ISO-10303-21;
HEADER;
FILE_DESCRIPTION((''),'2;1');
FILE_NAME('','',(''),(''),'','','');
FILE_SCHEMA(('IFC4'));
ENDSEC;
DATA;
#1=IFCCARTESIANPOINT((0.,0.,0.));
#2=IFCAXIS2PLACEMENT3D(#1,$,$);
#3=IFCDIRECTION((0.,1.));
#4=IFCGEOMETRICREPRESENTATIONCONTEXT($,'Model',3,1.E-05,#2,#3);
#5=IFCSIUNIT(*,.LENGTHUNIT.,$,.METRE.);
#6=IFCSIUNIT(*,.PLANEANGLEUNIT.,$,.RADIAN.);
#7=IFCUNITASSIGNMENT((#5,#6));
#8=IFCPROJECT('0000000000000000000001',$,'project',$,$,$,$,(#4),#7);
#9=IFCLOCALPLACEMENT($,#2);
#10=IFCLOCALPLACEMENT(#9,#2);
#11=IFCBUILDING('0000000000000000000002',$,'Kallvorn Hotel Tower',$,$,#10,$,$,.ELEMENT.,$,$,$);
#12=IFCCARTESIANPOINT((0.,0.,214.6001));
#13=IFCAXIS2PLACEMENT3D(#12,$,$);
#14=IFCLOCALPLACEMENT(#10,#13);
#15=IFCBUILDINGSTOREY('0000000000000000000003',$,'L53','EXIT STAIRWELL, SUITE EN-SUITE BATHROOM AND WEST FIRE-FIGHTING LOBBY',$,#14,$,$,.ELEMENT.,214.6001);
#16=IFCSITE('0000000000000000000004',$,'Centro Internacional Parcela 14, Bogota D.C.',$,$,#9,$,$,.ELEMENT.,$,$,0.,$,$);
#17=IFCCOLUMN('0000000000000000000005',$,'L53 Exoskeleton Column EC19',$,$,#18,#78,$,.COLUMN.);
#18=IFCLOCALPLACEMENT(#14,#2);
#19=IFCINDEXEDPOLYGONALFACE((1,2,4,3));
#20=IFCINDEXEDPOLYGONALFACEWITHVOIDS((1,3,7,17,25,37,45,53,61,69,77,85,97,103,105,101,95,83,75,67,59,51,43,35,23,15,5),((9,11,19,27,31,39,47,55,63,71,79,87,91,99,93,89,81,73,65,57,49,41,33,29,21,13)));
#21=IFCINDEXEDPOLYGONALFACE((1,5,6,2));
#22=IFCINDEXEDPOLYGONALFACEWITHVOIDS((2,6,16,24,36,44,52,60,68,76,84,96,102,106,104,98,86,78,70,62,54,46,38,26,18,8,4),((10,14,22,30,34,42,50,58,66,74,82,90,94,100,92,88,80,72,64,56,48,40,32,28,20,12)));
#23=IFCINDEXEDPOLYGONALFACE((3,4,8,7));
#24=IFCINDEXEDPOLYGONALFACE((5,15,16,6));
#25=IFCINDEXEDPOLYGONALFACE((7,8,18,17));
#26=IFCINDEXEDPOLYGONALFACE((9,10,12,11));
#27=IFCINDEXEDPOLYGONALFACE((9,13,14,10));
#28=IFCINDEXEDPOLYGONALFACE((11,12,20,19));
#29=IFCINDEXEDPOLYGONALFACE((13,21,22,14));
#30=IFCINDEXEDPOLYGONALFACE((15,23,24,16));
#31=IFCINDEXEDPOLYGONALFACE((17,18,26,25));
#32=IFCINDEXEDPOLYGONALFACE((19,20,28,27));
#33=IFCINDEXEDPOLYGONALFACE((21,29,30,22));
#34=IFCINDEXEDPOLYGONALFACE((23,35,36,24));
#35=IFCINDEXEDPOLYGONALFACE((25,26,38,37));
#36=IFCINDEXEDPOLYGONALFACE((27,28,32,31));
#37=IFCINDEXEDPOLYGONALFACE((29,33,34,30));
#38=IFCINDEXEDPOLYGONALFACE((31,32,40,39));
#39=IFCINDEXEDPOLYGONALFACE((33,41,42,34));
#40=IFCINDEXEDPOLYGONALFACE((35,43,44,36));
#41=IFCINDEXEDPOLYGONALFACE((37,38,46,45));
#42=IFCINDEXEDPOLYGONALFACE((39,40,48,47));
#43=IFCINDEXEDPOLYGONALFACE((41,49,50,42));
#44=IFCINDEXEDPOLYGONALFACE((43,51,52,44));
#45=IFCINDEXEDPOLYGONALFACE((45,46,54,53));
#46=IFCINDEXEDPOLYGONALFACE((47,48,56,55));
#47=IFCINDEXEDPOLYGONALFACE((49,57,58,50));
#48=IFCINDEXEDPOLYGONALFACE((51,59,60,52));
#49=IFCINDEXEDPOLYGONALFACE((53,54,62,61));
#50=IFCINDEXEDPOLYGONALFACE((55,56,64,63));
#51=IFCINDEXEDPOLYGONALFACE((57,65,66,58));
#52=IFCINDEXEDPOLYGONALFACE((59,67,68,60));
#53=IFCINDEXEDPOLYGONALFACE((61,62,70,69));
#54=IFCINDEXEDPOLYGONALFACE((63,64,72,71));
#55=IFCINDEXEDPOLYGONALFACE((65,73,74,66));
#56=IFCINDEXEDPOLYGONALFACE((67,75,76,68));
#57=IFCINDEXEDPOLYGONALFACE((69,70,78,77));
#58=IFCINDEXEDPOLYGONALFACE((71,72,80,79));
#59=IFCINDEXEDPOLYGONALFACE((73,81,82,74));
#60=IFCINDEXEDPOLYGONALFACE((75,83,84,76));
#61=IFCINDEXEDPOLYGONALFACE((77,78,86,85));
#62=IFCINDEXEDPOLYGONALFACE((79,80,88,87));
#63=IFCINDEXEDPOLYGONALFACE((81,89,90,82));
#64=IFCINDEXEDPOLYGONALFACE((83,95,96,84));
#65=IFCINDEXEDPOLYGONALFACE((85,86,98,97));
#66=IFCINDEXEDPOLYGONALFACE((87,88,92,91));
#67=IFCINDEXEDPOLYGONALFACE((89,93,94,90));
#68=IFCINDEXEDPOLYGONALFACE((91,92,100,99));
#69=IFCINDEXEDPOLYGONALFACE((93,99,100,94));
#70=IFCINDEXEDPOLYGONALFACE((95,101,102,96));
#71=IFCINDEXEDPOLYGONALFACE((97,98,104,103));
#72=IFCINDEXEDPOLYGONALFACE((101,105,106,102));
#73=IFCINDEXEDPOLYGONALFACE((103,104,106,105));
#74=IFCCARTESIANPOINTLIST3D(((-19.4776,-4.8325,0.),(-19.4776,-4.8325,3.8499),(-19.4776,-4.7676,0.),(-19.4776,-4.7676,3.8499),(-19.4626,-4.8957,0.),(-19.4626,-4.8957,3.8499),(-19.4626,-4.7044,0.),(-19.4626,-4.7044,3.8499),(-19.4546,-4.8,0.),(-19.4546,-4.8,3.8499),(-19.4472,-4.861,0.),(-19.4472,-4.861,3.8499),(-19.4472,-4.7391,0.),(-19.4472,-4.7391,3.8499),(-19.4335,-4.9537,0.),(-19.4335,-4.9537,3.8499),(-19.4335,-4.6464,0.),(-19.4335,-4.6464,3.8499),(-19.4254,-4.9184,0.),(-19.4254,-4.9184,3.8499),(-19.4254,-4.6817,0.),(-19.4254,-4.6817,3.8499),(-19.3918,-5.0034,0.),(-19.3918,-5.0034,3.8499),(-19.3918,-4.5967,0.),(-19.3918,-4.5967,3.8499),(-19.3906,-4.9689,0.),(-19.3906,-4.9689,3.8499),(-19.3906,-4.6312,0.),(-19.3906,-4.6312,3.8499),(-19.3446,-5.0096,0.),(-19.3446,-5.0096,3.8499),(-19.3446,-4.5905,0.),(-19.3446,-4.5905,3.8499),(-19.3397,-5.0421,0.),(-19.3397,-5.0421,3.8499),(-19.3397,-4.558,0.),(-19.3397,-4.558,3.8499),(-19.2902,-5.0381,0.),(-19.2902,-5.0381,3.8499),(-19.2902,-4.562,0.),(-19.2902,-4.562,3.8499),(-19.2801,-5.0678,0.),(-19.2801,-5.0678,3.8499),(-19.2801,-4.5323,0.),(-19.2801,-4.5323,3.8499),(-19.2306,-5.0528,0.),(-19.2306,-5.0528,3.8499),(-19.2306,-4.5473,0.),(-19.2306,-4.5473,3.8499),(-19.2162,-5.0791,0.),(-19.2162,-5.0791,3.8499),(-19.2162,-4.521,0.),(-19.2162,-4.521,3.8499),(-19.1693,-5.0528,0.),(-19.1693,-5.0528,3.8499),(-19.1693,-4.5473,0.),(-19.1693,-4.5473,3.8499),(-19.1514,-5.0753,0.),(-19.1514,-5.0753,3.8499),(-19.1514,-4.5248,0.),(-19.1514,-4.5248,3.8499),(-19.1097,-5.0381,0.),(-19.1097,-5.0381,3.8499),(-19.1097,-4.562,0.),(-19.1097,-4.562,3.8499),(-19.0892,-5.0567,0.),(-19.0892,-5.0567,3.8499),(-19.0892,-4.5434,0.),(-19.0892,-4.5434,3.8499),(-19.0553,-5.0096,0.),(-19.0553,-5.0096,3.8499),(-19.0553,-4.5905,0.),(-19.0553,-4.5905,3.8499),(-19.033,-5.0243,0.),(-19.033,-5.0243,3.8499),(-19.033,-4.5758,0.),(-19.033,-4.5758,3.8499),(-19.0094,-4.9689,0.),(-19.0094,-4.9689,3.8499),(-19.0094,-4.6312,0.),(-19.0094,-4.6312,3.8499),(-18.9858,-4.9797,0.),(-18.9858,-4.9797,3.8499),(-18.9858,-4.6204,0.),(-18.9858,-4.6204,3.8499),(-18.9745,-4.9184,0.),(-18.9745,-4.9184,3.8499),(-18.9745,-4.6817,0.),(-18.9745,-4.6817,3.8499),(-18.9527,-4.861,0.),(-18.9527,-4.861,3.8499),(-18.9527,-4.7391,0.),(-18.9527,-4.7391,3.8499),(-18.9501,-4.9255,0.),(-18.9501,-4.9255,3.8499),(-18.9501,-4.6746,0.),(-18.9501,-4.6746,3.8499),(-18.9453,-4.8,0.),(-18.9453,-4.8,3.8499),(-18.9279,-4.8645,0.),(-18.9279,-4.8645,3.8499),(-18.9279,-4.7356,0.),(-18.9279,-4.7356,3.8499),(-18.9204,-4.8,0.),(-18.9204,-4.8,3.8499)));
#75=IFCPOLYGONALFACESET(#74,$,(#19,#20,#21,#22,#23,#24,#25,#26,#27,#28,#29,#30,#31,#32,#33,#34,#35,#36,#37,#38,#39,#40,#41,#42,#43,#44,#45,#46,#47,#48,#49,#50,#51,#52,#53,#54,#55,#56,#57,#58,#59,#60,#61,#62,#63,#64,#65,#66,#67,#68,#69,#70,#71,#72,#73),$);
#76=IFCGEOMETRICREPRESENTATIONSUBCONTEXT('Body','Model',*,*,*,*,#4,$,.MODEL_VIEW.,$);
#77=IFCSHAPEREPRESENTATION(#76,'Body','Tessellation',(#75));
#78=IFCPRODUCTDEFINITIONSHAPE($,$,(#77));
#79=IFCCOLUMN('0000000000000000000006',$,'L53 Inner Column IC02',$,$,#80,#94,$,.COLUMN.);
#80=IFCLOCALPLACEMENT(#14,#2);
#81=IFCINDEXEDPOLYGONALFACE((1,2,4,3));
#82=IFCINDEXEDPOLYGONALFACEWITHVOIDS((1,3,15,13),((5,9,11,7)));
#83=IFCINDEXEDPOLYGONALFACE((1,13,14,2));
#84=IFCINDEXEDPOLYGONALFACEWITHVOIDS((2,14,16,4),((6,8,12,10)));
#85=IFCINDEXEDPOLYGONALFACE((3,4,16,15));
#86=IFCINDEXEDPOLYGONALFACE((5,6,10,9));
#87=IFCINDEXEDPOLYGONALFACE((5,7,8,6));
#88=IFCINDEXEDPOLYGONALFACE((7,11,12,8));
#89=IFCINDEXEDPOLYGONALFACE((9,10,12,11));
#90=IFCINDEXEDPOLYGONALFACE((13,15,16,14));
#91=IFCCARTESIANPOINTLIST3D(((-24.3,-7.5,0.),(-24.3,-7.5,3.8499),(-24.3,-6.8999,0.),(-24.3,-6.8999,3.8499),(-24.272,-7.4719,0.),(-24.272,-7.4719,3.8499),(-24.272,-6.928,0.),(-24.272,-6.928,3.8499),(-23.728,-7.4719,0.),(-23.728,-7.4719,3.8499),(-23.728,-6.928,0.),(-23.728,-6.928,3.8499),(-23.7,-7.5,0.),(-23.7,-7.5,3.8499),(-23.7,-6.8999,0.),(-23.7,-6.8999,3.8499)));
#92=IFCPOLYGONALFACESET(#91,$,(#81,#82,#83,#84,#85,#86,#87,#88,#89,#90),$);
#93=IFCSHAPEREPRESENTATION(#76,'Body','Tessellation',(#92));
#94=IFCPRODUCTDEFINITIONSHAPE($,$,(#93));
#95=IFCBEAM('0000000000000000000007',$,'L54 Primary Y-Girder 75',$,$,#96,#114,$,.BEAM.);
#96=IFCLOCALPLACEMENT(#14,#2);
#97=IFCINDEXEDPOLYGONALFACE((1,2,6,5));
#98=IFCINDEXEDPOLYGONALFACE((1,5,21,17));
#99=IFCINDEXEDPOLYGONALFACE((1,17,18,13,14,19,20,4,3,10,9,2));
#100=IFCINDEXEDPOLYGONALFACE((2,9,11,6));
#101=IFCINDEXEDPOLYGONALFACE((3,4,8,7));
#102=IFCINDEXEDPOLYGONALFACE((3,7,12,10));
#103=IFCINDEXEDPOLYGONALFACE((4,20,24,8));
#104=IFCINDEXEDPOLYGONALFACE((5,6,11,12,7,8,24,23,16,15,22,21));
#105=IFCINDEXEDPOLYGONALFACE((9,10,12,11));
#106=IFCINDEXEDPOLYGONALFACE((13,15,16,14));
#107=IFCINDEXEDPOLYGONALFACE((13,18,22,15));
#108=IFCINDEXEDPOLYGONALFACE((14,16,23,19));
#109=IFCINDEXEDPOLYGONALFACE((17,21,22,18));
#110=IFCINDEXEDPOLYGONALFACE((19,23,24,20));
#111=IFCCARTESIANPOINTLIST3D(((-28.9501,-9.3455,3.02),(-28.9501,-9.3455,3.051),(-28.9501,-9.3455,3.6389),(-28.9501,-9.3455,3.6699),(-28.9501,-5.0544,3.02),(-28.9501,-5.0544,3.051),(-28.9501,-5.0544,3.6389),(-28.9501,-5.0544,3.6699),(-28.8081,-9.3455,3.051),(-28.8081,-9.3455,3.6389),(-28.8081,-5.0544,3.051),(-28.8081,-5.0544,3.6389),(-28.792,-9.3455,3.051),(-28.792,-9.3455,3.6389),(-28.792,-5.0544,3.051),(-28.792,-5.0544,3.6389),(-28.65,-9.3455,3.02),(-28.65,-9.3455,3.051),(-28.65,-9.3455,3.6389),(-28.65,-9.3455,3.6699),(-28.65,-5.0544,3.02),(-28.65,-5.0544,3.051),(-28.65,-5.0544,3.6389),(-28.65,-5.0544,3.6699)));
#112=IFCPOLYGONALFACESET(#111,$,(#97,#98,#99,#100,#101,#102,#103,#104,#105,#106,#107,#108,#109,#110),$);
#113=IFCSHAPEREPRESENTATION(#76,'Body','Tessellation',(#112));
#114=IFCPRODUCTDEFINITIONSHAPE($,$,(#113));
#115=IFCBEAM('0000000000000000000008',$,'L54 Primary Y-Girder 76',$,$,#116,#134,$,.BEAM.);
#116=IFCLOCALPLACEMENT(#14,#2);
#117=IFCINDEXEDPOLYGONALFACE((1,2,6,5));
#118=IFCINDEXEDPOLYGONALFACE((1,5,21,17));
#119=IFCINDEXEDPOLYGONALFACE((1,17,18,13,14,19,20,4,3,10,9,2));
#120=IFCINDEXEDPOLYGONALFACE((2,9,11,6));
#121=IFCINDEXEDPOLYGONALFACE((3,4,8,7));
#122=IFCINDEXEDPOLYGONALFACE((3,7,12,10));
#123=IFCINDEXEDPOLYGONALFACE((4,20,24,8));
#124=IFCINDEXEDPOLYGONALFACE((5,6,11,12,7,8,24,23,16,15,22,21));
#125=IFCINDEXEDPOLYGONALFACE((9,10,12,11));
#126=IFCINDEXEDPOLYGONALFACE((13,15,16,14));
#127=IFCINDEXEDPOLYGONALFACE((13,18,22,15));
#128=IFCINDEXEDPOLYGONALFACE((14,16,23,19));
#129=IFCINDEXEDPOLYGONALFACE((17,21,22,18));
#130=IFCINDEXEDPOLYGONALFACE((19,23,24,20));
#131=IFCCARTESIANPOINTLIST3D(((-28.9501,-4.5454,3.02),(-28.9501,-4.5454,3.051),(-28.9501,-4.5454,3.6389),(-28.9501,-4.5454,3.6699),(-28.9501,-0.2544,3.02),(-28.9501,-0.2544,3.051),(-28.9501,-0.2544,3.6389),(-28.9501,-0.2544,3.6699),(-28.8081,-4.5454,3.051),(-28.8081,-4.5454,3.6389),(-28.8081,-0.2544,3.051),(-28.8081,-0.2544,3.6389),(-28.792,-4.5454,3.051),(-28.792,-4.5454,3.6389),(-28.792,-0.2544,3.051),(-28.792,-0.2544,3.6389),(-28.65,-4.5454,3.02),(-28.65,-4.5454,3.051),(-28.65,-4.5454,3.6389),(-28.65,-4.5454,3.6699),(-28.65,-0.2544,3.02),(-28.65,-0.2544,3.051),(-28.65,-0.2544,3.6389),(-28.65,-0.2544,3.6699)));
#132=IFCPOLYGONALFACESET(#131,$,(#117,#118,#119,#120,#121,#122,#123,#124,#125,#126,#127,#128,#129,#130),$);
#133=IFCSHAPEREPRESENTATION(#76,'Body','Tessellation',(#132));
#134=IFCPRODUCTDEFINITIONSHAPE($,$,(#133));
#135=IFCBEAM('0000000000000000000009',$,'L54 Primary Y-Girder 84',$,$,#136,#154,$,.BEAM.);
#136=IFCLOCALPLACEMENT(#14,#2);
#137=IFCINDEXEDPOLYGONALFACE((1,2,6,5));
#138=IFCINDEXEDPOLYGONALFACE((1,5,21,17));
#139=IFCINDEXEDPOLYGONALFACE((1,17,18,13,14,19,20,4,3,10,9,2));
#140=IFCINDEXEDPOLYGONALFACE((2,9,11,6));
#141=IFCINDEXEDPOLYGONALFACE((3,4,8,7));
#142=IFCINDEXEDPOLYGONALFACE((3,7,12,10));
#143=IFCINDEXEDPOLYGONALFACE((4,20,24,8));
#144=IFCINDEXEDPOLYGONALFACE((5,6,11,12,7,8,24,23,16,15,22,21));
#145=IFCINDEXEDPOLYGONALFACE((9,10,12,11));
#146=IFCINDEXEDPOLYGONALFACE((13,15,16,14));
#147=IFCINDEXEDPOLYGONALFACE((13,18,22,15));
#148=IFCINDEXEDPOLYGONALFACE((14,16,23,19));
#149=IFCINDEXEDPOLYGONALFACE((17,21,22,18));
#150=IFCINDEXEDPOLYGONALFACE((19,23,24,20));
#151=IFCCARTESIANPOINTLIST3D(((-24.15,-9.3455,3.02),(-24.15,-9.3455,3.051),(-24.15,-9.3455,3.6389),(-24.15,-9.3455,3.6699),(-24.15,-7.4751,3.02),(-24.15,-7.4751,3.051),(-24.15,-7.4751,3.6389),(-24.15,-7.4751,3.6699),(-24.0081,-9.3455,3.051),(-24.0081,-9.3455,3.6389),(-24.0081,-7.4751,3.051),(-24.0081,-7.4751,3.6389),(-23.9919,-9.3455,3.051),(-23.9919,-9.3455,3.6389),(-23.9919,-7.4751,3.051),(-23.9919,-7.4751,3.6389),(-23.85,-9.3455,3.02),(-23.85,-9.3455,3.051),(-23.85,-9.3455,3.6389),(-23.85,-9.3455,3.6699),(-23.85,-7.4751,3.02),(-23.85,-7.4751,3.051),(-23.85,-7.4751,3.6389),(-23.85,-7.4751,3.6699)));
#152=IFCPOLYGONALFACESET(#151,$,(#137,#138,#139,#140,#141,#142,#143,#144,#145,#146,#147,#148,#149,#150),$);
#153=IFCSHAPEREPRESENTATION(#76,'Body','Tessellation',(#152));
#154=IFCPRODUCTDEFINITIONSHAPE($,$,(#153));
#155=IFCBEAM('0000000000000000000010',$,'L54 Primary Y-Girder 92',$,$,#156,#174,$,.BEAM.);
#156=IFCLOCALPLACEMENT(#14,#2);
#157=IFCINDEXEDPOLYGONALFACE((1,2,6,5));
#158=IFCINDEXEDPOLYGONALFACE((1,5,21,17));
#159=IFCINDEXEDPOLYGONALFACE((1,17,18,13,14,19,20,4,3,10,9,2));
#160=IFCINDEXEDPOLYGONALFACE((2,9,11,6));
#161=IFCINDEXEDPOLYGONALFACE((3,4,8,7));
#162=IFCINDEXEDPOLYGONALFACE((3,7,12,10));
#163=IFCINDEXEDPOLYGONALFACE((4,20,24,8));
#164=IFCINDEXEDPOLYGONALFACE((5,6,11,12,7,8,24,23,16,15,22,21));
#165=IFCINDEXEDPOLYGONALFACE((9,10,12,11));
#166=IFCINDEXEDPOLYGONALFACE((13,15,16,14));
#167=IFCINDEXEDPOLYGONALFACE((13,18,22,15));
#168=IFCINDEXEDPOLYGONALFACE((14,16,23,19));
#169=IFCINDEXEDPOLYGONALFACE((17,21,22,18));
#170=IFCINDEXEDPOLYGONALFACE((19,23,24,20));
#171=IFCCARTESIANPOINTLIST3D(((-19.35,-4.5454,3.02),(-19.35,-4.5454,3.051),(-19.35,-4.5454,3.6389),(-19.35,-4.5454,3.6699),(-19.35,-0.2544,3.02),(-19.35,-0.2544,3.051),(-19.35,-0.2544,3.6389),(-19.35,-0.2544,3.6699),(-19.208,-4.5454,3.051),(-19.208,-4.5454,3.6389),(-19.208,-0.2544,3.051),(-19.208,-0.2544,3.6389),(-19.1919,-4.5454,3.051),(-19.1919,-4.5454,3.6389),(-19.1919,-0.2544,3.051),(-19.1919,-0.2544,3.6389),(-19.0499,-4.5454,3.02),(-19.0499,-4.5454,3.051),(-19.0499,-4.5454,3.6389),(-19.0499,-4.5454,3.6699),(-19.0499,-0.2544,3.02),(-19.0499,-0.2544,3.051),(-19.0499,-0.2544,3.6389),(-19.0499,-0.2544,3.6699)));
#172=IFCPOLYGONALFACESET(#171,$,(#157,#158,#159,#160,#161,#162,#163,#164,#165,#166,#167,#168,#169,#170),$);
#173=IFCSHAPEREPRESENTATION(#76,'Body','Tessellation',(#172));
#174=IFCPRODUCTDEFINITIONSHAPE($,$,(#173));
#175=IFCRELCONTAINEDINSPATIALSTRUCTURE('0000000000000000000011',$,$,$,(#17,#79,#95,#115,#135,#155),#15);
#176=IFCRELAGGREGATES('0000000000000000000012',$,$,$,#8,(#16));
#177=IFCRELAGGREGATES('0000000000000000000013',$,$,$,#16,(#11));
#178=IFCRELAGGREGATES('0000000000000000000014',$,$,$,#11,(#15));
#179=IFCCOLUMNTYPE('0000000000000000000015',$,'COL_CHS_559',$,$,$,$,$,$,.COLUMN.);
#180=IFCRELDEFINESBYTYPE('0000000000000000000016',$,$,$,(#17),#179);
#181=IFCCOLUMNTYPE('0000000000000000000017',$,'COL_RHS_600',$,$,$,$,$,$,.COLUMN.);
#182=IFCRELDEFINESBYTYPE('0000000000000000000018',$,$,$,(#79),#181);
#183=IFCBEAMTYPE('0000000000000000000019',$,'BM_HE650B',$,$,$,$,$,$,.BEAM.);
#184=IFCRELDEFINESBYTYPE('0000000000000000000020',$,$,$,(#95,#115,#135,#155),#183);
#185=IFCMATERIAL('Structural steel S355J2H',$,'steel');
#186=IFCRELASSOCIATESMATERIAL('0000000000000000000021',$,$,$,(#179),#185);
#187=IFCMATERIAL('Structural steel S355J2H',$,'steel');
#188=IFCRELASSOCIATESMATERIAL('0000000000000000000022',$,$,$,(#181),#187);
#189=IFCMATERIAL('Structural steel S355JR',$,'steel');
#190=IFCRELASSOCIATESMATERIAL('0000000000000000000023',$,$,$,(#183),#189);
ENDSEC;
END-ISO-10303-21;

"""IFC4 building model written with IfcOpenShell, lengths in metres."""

from ifc_helpers import new_model, si_unit, direction, frame, origin, origin_2d, place, context, subcontext, project, spatial, hollow_rectangle, hollow_circle, i_section, extrude, material, material_profile, profile_set, type_object, element, save


model = new_model("IFC4")

# Units and contexts
model_context = context("Model", 3, precision=1e-05, world=origin(), true_north=direction((0.0, 1.0)))
body_context = subcontext(model_context, "Body", "Model", "MODEL_VIEW")
ifc_project = project(units=[si_unit("LENGTHUNIT", "METRE"), si_unit("PLANEANGLEUNIT", "RADIAN")], contexts=[model_context])

# Site, building, storey
site_placement = place(None, origin())
site = spatial("IfcSite", under=ifc_project, at=site_placement, Name="Centro Internacional Parcela 14, Bogota D.C.", CompositionType="ELEMENT", RefElevation=0.0)
building_placement = place(site_placement, origin())
building = spatial("IfcBuilding", under=site, at=building_placement, Name="Kallvorn Hotel Tower", CompositionType="ELEMENT")
storey_placement = place(building_placement, frame((0.0, 0.0, 214.6001)))
storey = spatial("IfcBuildingStorey", under=building, at=storey_placement, Name="L53", Description="EXIT STAIRWELL, SUITE EN-SUITE BATHROOM AND WEST FIRE-FIGHTING LOBBY", CompositionType="ELEMENT", Elevation=214.6001)

# Columns
ifc_material_1 = material(Name="Structural steel S355J2H", Category="steel")
ifc_material_profile_1 = material_profile(ifc_material_1, hollow_circle(Radius=0.2795, WallThickness=0.0249, at=origin_2d()), Name="CHS 559x25")
ifc_profile_set_1 = profile_set([ifc_material_profile_1], Name="Structural steel S355J2H")
column_type_1 = type_object("IfcColumnType", Name="COL_CHS_559", PredefinedType="COLUMN", material=ifc_profile_set_1)
for number, where, z_axis, x_axis, name in (
    (1, (-19.2, -4.8, 0.0), (0.0, 0.0, 1.0), (1.0, 0.0, 0.0), "L53 Exoskeleton Column EC19"),
):
    element("IfcColumn", number, at=place(storey_placement, frame(where, z_axis=z_axis, x_axis=x_axis)), inside=storey, type_object=column_type_1, Name=name, PredefinedType="COLUMN", context=body_context, shape_type="SweptSolid", body=[
        extrude(hollow_circle(Radius=0.2795, WallThickness=0.0249, at=origin_2d()), origin(), (0.0, 0.0, 1.0), 3.8499),
    ])
ifc_material_2 = material(Name="Structural steel S355J2H", Category="steel")
ifc_material_profile_2 = material_profile(ifc_material_2, hollow_rectangle(XDim=0.6001, YDim=0.6001, WallThickness=0.0281, at=origin_2d()), Name="RHS 600x600x28")
ifc_profile_set_2 = profile_set([ifc_material_profile_2], Name="Structural steel S355J2H")
column_type_2 = type_object("IfcColumnType", Name="COL_RHS_600", PredefinedType="COLUMN", material=ifc_profile_set_2)
column_placement = place(storey_placement, frame((-24.0, -7.2, 0.0), z_axis=(0.0, 0.0, 1.0), x_axis=(1.0, 0.0, 0.0)))
element("IfcColumn", 2, at=column_placement, inside=storey, type_object=column_type_2, Name="L53 Inner Column IC02", PredefinedType="COLUMN", context=body_context, shape_type="SweptSolid", body=[
    extrude(hollow_rectangle(XDim=0.6001, YDim=0.6001, WallThickness=0.0281, at=origin_2d()), origin(), (0.0, 0.0, 1.0), 3.8499),
])

# Beams
ifc_material_3 = material(Name="Structural steel S355JR", Category="steel")
ifc_material_profile_3 = material_profile(ifc_material_3, i_section(OverallWidth=0.3, OverallDepth=0.6499, WebThickness=0.0161, FlangeThickness=0.031, at=origin_2d()), Name="HE 650 B")
ifc_profile_set_3 = profile_set([ifc_material_profile_3], Name="Structural steel S355JR")
beam_type_1 = type_object("IfcBeamType", Name="BM_HE650B", PredefinedType="BEAM", material=ifc_profile_set_3)
for number, where, z_axis, x_axis, name in (
    (3, (-28.8, -9.3455, 3.345), (0.0, 1.0, 0.0), (-1.0, 0.0, 0.0), "L54 Primary Y-Girder 75"),
    (4, (-28.8, -4.5454, 3.345), (0.0, 1.0, 0.0), (-1.0, 0.0, 0.0), "L54 Primary Y-Girder 76"),
):
    element("IfcBeam", number, at=place(storey_placement, frame(where, z_axis=z_axis, x_axis=x_axis)), inside=storey, type_object=beam_type_1, Name=name, PredefinedType="BEAM", context=body_context, shape_type="SweptSolid", body=[
        extrude(i_section(OverallWidth=0.3, OverallDepth=0.6499, WebThickness=0.0161, FlangeThickness=0.031, at=origin_2d()), origin(), (0.0, 0.0, 1.0), 4.291),
    ])
beam_1_placement = place(storey_placement, frame((-24.0, -9.3455, 3.345), z_axis=(0.0, 1.0, 0.0), x_axis=(-1.0, 0.0, 0.0)))
element("IfcBeam", 5, at=beam_1_placement, inside=storey, type_object=beam_type_1, Name="L54 Primary Y-Girder 84", PredefinedType="BEAM", context=body_context, shape_type="SweptSolid", body=[
    extrude(i_section(OverallWidth=0.3, OverallDepth=0.6499, WebThickness=0.0161, FlangeThickness=0.031, at=origin_2d()), origin(), (0.0, 0.0, 1.0), 1.8704),
])
beam_2_placement = place(storey_placement, frame((-19.2, -4.5454, 3.345), z_axis=(0.0, 1.0, 0.0), x_axis=(-1.0, 0.0, 0.0)))
element("IfcBeam", 6, at=beam_2_placement, inside=storey, type_object=beam_type_1, Name="L54 Primary Y-Girder 92", PredefinedType="BEAM", context=body_context, shape_type="SweptSolid", body=[
    extrude(i_section(OverallWidth=0.3, OverallDepth=0.6499, WebThickness=0.0161, FlangeThickness=0.031, at=origin_2d()), origin(), (0.0, 0.0, 1.0), 4.291),
])

save(model, "model.ifc")
